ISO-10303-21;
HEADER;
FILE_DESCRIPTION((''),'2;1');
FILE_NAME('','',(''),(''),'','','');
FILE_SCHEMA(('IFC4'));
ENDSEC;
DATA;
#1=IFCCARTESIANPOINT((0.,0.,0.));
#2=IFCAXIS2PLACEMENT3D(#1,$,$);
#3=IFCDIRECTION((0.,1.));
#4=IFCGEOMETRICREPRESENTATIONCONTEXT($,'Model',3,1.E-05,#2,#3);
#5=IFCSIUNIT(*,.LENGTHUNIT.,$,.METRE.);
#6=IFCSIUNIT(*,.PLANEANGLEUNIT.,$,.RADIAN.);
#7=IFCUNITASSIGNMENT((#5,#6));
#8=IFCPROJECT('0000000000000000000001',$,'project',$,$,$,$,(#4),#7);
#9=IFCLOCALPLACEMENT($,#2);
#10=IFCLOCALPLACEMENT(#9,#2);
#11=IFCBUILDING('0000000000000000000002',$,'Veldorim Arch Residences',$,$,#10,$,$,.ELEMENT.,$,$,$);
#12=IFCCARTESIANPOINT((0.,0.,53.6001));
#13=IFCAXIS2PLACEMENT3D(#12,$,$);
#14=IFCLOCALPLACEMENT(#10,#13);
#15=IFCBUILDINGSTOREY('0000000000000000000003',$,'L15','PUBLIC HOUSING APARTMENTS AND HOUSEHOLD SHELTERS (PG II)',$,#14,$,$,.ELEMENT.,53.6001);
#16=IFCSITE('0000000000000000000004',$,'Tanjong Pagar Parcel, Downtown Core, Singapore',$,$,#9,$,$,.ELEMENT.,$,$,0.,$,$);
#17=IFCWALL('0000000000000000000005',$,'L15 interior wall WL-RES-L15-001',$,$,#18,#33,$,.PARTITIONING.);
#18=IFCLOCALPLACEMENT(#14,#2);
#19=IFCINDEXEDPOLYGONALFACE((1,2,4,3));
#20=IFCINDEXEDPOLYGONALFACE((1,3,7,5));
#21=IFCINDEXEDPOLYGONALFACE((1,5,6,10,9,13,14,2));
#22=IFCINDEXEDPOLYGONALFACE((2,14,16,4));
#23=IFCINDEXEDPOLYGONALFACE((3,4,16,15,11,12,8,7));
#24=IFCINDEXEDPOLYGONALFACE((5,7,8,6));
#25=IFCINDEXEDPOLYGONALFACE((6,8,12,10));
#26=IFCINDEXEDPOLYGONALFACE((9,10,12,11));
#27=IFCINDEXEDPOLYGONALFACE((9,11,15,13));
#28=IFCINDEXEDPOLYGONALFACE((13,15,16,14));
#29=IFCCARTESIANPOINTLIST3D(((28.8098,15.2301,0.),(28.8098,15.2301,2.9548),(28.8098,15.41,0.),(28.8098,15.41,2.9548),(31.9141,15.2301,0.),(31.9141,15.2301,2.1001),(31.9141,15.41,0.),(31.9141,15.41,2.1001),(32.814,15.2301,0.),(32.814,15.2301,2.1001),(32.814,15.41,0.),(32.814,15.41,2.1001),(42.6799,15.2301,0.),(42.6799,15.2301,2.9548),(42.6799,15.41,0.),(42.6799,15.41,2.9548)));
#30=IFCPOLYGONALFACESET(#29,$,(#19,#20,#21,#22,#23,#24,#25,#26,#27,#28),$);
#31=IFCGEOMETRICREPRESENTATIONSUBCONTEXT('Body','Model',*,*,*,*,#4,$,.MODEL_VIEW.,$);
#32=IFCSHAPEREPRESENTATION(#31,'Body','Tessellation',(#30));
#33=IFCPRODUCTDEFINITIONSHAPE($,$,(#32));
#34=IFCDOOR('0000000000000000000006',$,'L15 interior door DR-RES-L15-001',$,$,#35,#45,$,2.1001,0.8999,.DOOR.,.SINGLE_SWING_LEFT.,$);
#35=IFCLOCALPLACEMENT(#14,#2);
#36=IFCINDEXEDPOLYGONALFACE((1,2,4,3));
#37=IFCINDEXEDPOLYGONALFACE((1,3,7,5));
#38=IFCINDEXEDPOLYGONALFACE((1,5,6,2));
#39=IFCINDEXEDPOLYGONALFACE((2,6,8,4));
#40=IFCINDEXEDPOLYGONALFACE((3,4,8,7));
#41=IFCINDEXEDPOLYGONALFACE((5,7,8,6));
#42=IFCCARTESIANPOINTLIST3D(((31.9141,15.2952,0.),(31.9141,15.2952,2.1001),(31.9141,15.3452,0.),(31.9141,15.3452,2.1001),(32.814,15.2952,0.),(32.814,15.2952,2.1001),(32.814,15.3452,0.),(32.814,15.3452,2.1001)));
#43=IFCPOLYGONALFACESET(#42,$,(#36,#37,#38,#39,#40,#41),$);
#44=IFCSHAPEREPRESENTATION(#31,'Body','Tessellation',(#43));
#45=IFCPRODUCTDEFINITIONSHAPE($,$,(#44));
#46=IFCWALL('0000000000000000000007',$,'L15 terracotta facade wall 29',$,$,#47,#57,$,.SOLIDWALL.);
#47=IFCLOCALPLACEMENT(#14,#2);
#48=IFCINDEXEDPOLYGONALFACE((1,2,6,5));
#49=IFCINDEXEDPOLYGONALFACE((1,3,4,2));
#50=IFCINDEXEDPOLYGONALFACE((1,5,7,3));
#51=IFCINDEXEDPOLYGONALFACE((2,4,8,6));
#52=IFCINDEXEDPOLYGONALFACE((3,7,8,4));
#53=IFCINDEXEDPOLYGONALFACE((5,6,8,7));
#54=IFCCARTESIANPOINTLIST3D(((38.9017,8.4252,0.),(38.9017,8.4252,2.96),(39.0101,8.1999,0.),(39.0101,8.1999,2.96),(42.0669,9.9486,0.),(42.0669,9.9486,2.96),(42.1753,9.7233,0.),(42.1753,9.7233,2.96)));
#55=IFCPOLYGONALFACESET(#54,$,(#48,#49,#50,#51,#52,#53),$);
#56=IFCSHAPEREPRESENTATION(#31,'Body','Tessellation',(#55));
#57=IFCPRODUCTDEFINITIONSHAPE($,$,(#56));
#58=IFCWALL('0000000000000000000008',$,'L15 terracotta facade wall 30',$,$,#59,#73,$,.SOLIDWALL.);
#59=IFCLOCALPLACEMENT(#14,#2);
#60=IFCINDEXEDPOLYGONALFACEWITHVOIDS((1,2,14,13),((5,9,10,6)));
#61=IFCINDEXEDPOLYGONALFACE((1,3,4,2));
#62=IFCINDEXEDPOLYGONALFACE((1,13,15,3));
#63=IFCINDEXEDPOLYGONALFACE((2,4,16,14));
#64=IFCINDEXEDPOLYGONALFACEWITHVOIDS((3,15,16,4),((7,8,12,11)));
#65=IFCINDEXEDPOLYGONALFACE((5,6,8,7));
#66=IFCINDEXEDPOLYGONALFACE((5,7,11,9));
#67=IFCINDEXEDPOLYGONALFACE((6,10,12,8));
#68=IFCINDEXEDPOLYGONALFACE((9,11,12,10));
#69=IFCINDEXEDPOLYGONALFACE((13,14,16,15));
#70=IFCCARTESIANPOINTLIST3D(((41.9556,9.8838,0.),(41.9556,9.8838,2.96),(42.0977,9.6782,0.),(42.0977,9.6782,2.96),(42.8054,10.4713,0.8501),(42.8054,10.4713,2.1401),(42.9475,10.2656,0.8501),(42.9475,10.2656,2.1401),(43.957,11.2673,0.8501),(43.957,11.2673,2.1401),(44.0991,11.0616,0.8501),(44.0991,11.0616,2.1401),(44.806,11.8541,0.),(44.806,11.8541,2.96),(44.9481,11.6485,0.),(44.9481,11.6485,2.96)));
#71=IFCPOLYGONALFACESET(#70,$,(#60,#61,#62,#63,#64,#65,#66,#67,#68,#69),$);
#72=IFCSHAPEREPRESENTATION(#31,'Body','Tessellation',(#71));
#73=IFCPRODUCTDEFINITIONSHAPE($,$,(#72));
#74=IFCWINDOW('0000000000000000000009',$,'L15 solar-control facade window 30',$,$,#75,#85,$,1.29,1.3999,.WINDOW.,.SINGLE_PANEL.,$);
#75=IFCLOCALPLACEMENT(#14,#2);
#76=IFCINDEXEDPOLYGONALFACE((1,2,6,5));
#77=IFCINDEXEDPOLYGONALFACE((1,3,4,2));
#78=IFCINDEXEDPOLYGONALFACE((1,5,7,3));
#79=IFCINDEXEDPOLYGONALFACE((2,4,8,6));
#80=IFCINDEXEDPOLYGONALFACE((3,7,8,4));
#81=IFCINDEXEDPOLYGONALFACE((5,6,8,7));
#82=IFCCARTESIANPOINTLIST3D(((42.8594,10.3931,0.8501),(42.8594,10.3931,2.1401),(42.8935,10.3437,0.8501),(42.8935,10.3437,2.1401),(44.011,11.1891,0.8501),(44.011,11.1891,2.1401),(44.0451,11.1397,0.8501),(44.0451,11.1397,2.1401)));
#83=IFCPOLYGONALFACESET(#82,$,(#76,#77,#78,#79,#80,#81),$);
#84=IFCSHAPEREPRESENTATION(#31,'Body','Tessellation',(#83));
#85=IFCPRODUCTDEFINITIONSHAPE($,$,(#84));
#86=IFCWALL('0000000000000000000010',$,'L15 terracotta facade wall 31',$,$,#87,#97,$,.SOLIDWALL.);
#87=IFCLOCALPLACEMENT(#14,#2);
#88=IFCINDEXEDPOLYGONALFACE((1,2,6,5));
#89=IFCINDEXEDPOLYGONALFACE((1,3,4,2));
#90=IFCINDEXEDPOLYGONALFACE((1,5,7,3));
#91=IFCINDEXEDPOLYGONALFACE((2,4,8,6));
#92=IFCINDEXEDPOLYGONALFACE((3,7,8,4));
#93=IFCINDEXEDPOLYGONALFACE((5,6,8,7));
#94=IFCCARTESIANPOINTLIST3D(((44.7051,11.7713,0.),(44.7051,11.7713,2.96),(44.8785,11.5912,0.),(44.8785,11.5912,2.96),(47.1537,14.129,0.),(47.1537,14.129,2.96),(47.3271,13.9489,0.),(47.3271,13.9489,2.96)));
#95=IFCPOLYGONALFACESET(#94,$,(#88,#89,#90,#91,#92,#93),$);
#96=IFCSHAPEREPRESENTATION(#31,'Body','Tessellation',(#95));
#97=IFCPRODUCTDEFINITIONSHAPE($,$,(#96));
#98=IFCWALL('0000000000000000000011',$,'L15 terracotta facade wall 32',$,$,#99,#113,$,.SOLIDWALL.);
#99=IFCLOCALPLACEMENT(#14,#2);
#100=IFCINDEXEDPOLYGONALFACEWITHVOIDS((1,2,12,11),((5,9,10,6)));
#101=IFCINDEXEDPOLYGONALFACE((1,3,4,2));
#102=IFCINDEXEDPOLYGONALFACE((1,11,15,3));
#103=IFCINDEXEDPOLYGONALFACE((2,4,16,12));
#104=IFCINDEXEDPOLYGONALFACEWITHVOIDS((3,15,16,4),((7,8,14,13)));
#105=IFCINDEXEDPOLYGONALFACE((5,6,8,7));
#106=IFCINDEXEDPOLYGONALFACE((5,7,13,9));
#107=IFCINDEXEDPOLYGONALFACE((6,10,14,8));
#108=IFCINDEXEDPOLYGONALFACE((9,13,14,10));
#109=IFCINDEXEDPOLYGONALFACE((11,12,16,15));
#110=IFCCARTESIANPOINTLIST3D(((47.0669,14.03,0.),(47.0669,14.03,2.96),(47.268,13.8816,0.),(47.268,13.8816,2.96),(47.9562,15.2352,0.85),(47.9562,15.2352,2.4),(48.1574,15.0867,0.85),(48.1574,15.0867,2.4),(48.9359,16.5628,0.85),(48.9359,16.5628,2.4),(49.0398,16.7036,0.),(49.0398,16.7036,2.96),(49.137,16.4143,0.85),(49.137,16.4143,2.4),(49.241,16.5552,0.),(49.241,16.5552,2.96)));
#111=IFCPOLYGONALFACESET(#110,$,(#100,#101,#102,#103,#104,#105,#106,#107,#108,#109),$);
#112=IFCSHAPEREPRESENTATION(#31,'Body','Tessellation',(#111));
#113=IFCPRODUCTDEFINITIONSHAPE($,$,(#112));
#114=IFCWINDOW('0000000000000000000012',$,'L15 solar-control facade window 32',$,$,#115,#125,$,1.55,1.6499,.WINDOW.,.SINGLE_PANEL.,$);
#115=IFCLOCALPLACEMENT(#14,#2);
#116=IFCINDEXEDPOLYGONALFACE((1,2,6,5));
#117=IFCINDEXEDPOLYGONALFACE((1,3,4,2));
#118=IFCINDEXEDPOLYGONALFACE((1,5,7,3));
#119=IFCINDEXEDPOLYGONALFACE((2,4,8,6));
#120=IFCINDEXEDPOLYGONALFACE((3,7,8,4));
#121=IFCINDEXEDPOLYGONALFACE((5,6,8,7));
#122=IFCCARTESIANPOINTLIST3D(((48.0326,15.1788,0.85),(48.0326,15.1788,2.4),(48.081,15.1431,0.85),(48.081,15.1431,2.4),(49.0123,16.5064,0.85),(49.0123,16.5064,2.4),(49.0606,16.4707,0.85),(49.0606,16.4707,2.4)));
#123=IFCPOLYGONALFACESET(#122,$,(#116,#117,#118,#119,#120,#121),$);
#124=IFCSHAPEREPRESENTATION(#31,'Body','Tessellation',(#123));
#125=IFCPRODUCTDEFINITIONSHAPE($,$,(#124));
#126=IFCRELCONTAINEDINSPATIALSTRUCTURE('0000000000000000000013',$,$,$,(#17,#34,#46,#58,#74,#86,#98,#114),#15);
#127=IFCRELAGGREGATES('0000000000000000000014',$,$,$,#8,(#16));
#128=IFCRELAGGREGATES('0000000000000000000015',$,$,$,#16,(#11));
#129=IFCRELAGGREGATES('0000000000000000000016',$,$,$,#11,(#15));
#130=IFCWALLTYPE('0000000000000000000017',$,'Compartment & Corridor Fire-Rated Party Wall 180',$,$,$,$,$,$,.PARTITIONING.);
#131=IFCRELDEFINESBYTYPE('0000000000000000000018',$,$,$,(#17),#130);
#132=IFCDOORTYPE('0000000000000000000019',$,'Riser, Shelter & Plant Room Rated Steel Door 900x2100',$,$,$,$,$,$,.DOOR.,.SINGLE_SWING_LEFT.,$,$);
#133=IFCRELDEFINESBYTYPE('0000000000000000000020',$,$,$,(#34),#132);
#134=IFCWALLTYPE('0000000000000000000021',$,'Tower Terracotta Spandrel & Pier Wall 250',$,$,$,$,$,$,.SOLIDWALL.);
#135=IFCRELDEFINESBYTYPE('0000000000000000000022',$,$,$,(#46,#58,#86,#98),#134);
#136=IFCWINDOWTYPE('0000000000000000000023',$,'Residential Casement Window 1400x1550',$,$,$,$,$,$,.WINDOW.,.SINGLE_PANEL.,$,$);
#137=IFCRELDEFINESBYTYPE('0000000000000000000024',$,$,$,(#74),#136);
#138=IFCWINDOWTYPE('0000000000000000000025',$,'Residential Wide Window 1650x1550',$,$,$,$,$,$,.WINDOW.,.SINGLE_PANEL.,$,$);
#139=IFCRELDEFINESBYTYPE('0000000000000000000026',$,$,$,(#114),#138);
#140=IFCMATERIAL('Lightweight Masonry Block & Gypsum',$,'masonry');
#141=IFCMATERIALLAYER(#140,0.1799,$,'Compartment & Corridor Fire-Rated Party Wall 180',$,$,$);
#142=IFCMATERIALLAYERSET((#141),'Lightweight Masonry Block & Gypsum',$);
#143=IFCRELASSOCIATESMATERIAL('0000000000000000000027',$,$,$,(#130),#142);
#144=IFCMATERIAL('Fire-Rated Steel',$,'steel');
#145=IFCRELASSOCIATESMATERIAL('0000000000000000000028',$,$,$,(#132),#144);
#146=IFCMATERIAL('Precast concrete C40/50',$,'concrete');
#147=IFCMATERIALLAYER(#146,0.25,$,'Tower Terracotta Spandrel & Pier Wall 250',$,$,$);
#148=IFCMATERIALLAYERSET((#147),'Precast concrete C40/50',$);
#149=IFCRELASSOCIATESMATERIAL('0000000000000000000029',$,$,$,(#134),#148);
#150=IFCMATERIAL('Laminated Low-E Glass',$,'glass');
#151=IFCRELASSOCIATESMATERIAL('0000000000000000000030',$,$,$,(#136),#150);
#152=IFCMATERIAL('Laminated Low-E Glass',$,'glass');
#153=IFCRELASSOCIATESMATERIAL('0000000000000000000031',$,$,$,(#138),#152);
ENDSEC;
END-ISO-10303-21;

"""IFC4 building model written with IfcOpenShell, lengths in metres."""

from ifc_helpers import new_model, si_unit, direction, frame, frame_2d, origin, place, context, subcontext, project, spatial, rectangle, extrude, material, layer, layer_set, type_object, element, fill, save


model = new_model("IFC4")

# Units and contexts
model_context = context("Model", 3, precision=1e-05, world=origin(), true_north=direction((0.0, 1.0)))
body_context = subcontext(model_context, "Body", "Model", "MODEL_VIEW")
ifc_project = project(units=[si_unit("LENGTHUNIT", "METRE"), si_unit("PLANEANGLEUNIT", "RADIAN")], contexts=[model_context])

# Site, building, storey
site_placement = place(None, origin())
site = spatial("IfcSite", under=ifc_project, at=site_placement, Name="Tanjong Pagar Parcel, Downtown Core, Singapore", CompositionType="ELEMENT", RefElevation=0.0)
building_placement = place(site_placement, origin())
building = spatial("IfcBuilding", under=site, at=building_placement, Name="Veldorim Arch Residences", CompositionType="ELEMENT")
storey_placement = place(building_placement, frame((0.0, 0.0, 53.6001)))
storey = spatial("IfcBuildingStorey", under=building, at=storey_placement, Name="L15", Description="PUBLIC HOUSING APARTMENTS AND HOUSEHOLD SHELTERS (PG II)", CompositionType="ELEMENT", Elevation=53.6001)

# Shared definitions
ifc_material_1 = material(Name="Lightweight Masonry Block & Gypsum", Category="masonry")
ifc_layer_1 = layer(ifc_material_1, 0.1799, Name="Compartment & Corridor Fire-Rated Party Wall 180")
ifc_layer_set_1 = layer_set([ifc_layer_1], Name="Lightweight Masonry Block & Gypsum")
wall_type_1 = type_object("IfcWallType", Name="Compartment & Corridor Fire-Rated Party Wall 180", PredefinedType="PARTITIONING", material=ifc_layer_set_1)

# Wall, opening, door
wall_1_placement = place(storey_placement, frame((42.6799, 15.3201, 0.0), z_axis=(0.0, 0.0, 1.0), x_axis=(-1.0, 0.0, 0.0)))
wall_1 = element("IfcWall", 1, at=wall_1_placement, inside=storey, type_object=wall_type_1, Name="L15 interior wall WL-RES-L15-001", PredefinedType="PARTITIONING", context=body_context, shape_type="SweptSolid", body=[
    extrude(rectangle(XDim=13.8701, YDim=0.1799, at=frame_2d((6.9351, 0.0))), origin(), (0.0, 0.0, 1.0), 2.9548),
])
opening_1_placement = place(wall_1_placement, frame((9.866, 0.0, 0.0)))
opening_1 = element("IfcOpeningElement", 2, at=opening_1_placement, cuts=wall_1, PredefinedType="OPENING", context=body_context, shape_type="SweptSolid", body=[
    extrude(rectangle(XDim=0.8999, YDim=2.1001, at=frame_2d((0.45, 1.05))), frame((0.0, 0.0999, 0.0), z_axis=(0.0, -1.0, 0.0), x_axis=(1.0, 0.0, 0.0)), (0.0, 0.0, 1.0), 0.2),
])
ifc_material_2 = material(Name="Fire-Rated Steel", Category="steel")
door_type_1 = type_object("IfcDoorType", Name="Riser, Shelter & Plant Room Rated Steel Door 900x2100", OperationType="SINGLE_SWING_LEFT", PredefinedType="DOOR", material=ifc_material_2)
door_1_placement = place(opening_1_placement, origin())
door_1 = element("IfcDoor", 3, at=door_1_placement, inside=storey, type_object=door_type_1, Name="L15 interior door DR-RES-L15-001", OperationType="SINGLE_SWING_LEFT", OverallHeight=2.1001, OverallWidth=0.8999, PredefinedType="DOOR", context=body_context, shape_type="SweptSolid", body=[
    extrude(rectangle(XDim=0.8999, YDim=2.1001, at=frame_2d((0.45, 1.05))), frame((0.0, 0.0249, 0.0), z_axis=(0.0, -1.0, 0.0), x_axis=(1.0, 0.0, 0.0)), (0.0, 0.0, 1.0), 0.05),
])
fill(opening_1, door_1)

# Wall
ifc_material_3 = material(Name="Precast concrete C40/50", Category="concrete")
ifc_layer_2 = layer(ifc_material_3, 0.25, Name="Tower Terracotta Spandrel & Pier Wall 250")
ifc_layer_set_2 = layer_set([ifc_layer_2], Name="Precast concrete C40/50")
wall_type_2 = type_object("IfcWallType", Name="Tower Terracotta Spandrel & Pier Wall 250", PredefinedType="SOLIDWALL", material=ifc_layer_set_2)
wall_2_placement = place(storey_placement, frame((42.1211, 9.8359, 0.0), z_axis=(0.0, 0.0, 1.0), x_axis=(-0.901067, -0.43368, 0.0)))
element("IfcWall", 4, at=wall_2_placement, inside=storey, type_object=wall_type_2, Name="L15 terracotta facade wall 29", PredefinedType="SOLIDWALL", context=body_context, shape_type="SweptSolid", body=[
    extrude(rectangle(XDim=3.5127, YDim=0.25, at=frame_2d((1.7563, 0.0))), origin(), (0.0, 0.0, 1.0), 2.96),
])

# Wall, opening, window
wall_3_placement = place(storey_placement, frame((44.877, 11.7512, 0.0), z_axis=(0.0, 0.0, 1.0), x_axis=(-0.82261, -0.568605, 0.0)))
wall_3 = element("IfcWall", 5, at=wall_3_placement, inside=storey, type_object=wall_type_2, Name="L15 terracotta facade wall 30", PredefinedType="SOLIDWALL", context=body_context, shape_type="SweptSolid", body=[
    extrude(rectangle(XDim=3.4651, YDim=0.25, at=frame_2d((1.7324, 0.0))), origin(), (0.0, 0.0, 1.0), 2.96),
])
opening_2_placement = place(wall_3_placement, frame((1.032, 0.0, 0.8501)))
opening_2 = element("IfcOpeningElement", 6, at=opening_2_placement, cuts=wall_3, PredefinedType="OPENING", context=body_context, shape_type="SweptSolid", body=[
    extrude(rectangle(XDim=1.3999, YDim=1.29, at=frame_2d((0.7, 0.645))), frame((0.0, 0.135, 0.0), z_axis=(0.0, -1.0, 0.0), x_axis=(1.0, 0.0, 0.0)), (0.0, 0.0, 1.0), 0.27),
])
ifc_material_4 = material(Name="Laminated Low-E Glass", Category="glass")
window_type_1 = type_object("IfcWindowType", Name="Residential Casement Window 1400x1550", PartitioningType="SINGLE_PANEL", PredefinedType="WINDOW", material=ifc_material_4)
window_1_placement = place(opening_2_placement, origin())
window_1 = element("IfcWindow", 7, at=window_1_placement, inside=storey, type_object=window_type_1, Name="L15 solar-control facade window 30", OverallHeight=1.29, OverallWidth=1.3999, PartitioningType="SINGLE_PANEL", PredefinedType="WINDOW", context=body_context, shape_type="SweptSolid", body=[
    extrude(rectangle(XDim=1.3999, YDim=1.29, at=frame_2d((0.7, 0.645))), frame((0.0, 0.03, 0.0), z_axis=(0.0, -1.0, 0.0), x_axis=(1.0, 0.0, 0.0)), (0.0, 0.0, 1.0), 0.0601),
])
fill(opening_2, window_1)

# Wall
wall_4_placement = place(storey_placement, frame((47.2405, 14.0391, 0.0), z_axis=(0.0, 0.0, 1.0), x_axis=(-0.72034, -0.693621, 0.0)))
element("IfcWall", 8, at=wall_4_placement, inside=storey, type_object=wall_type_2, Name="L15 terracotta facade wall 31", PredefinedType="SOLIDWALL", context=body_context, shape_type="SweptSolid", body=[
    extrude(rectangle(XDim=3.3992, YDim=0.25, at=frame_2d((1.6997, 0.0))), origin(), (0.0, 0.0, 1.0), 2.96),
])

# Wall, opening, window
wall_5_placement = place(storey_placement, frame((49.1404, 16.6294, 0.0), z_axis=(0.0, 0.0, 1.0), x_axis=(-0.593763, -0.80464, 0.0)))
wall_5 = element("IfcWall", 9, at=wall_5_placement, inside=storey, type_object=wall_type_2, Name="L15 terracotta facade wall 32", PredefinedType="SOLIDWALL", context=body_context, shape_type="SweptSolid", body=[
    extrude(rectangle(XDim=3.3228, YDim=0.25, at=frame_2d((1.6614, 0.0))), origin(), (0.0, 0.0, 1.0), 2.96),
])
opening_3_placement = place(wall_5_placement, frame((0.175, 0.0, 0.8501)))
opening_3 = element("IfcOpeningElement", 10, at=opening_3_placement, cuts=wall_5, PredefinedType="OPENING", context=body_context, shape_type="SweptSolid", body=[
    extrude(rectangle(XDim=1.6499, YDim=1.55, at=frame_2d((0.825, 0.7749))), frame((0.0, 0.135, 0.0), z_axis=(0.0, -1.0, 0.0), x_axis=(1.0, 0.0, 0.0)), (0.0, 0.0, 1.0), 0.27),
])
ifc_material_5 = material(Name="Laminated Low-E Glass", Category="glass")
window_type_2 = type_object("IfcWindowType", Name="Residential Wide Window 1650x1550", PartitioningType="SINGLE_PANEL", PredefinedType="WINDOW", material=ifc_material_5)
window_2_placement = place(opening_3_placement, origin())
window_2 = element("IfcWindow", 11, at=window_2_placement, inside=storey, type_object=window_type_2, Name="L15 solar-control facade window 32", OverallHeight=1.55, OverallWidth=1.6499, PartitioningType="SINGLE_PANEL", PredefinedType="WINDOW", context=body_context, shape_type="SweptSolid", body=[
    extrude(rectangle(XDim=1.6499, YDim=1.55, at=frame_2d((0.825, 0.7749))), frame((0.0, 0.03, 0.0), z_axis=(0.0, -1.0, 0.0), x_axis=(1.0, 0.0, 0.0)), (0.0, 0.0, 1.0), 0.0601),
])
fill(opening_3, window_2)

save(model, "model.ifc")
